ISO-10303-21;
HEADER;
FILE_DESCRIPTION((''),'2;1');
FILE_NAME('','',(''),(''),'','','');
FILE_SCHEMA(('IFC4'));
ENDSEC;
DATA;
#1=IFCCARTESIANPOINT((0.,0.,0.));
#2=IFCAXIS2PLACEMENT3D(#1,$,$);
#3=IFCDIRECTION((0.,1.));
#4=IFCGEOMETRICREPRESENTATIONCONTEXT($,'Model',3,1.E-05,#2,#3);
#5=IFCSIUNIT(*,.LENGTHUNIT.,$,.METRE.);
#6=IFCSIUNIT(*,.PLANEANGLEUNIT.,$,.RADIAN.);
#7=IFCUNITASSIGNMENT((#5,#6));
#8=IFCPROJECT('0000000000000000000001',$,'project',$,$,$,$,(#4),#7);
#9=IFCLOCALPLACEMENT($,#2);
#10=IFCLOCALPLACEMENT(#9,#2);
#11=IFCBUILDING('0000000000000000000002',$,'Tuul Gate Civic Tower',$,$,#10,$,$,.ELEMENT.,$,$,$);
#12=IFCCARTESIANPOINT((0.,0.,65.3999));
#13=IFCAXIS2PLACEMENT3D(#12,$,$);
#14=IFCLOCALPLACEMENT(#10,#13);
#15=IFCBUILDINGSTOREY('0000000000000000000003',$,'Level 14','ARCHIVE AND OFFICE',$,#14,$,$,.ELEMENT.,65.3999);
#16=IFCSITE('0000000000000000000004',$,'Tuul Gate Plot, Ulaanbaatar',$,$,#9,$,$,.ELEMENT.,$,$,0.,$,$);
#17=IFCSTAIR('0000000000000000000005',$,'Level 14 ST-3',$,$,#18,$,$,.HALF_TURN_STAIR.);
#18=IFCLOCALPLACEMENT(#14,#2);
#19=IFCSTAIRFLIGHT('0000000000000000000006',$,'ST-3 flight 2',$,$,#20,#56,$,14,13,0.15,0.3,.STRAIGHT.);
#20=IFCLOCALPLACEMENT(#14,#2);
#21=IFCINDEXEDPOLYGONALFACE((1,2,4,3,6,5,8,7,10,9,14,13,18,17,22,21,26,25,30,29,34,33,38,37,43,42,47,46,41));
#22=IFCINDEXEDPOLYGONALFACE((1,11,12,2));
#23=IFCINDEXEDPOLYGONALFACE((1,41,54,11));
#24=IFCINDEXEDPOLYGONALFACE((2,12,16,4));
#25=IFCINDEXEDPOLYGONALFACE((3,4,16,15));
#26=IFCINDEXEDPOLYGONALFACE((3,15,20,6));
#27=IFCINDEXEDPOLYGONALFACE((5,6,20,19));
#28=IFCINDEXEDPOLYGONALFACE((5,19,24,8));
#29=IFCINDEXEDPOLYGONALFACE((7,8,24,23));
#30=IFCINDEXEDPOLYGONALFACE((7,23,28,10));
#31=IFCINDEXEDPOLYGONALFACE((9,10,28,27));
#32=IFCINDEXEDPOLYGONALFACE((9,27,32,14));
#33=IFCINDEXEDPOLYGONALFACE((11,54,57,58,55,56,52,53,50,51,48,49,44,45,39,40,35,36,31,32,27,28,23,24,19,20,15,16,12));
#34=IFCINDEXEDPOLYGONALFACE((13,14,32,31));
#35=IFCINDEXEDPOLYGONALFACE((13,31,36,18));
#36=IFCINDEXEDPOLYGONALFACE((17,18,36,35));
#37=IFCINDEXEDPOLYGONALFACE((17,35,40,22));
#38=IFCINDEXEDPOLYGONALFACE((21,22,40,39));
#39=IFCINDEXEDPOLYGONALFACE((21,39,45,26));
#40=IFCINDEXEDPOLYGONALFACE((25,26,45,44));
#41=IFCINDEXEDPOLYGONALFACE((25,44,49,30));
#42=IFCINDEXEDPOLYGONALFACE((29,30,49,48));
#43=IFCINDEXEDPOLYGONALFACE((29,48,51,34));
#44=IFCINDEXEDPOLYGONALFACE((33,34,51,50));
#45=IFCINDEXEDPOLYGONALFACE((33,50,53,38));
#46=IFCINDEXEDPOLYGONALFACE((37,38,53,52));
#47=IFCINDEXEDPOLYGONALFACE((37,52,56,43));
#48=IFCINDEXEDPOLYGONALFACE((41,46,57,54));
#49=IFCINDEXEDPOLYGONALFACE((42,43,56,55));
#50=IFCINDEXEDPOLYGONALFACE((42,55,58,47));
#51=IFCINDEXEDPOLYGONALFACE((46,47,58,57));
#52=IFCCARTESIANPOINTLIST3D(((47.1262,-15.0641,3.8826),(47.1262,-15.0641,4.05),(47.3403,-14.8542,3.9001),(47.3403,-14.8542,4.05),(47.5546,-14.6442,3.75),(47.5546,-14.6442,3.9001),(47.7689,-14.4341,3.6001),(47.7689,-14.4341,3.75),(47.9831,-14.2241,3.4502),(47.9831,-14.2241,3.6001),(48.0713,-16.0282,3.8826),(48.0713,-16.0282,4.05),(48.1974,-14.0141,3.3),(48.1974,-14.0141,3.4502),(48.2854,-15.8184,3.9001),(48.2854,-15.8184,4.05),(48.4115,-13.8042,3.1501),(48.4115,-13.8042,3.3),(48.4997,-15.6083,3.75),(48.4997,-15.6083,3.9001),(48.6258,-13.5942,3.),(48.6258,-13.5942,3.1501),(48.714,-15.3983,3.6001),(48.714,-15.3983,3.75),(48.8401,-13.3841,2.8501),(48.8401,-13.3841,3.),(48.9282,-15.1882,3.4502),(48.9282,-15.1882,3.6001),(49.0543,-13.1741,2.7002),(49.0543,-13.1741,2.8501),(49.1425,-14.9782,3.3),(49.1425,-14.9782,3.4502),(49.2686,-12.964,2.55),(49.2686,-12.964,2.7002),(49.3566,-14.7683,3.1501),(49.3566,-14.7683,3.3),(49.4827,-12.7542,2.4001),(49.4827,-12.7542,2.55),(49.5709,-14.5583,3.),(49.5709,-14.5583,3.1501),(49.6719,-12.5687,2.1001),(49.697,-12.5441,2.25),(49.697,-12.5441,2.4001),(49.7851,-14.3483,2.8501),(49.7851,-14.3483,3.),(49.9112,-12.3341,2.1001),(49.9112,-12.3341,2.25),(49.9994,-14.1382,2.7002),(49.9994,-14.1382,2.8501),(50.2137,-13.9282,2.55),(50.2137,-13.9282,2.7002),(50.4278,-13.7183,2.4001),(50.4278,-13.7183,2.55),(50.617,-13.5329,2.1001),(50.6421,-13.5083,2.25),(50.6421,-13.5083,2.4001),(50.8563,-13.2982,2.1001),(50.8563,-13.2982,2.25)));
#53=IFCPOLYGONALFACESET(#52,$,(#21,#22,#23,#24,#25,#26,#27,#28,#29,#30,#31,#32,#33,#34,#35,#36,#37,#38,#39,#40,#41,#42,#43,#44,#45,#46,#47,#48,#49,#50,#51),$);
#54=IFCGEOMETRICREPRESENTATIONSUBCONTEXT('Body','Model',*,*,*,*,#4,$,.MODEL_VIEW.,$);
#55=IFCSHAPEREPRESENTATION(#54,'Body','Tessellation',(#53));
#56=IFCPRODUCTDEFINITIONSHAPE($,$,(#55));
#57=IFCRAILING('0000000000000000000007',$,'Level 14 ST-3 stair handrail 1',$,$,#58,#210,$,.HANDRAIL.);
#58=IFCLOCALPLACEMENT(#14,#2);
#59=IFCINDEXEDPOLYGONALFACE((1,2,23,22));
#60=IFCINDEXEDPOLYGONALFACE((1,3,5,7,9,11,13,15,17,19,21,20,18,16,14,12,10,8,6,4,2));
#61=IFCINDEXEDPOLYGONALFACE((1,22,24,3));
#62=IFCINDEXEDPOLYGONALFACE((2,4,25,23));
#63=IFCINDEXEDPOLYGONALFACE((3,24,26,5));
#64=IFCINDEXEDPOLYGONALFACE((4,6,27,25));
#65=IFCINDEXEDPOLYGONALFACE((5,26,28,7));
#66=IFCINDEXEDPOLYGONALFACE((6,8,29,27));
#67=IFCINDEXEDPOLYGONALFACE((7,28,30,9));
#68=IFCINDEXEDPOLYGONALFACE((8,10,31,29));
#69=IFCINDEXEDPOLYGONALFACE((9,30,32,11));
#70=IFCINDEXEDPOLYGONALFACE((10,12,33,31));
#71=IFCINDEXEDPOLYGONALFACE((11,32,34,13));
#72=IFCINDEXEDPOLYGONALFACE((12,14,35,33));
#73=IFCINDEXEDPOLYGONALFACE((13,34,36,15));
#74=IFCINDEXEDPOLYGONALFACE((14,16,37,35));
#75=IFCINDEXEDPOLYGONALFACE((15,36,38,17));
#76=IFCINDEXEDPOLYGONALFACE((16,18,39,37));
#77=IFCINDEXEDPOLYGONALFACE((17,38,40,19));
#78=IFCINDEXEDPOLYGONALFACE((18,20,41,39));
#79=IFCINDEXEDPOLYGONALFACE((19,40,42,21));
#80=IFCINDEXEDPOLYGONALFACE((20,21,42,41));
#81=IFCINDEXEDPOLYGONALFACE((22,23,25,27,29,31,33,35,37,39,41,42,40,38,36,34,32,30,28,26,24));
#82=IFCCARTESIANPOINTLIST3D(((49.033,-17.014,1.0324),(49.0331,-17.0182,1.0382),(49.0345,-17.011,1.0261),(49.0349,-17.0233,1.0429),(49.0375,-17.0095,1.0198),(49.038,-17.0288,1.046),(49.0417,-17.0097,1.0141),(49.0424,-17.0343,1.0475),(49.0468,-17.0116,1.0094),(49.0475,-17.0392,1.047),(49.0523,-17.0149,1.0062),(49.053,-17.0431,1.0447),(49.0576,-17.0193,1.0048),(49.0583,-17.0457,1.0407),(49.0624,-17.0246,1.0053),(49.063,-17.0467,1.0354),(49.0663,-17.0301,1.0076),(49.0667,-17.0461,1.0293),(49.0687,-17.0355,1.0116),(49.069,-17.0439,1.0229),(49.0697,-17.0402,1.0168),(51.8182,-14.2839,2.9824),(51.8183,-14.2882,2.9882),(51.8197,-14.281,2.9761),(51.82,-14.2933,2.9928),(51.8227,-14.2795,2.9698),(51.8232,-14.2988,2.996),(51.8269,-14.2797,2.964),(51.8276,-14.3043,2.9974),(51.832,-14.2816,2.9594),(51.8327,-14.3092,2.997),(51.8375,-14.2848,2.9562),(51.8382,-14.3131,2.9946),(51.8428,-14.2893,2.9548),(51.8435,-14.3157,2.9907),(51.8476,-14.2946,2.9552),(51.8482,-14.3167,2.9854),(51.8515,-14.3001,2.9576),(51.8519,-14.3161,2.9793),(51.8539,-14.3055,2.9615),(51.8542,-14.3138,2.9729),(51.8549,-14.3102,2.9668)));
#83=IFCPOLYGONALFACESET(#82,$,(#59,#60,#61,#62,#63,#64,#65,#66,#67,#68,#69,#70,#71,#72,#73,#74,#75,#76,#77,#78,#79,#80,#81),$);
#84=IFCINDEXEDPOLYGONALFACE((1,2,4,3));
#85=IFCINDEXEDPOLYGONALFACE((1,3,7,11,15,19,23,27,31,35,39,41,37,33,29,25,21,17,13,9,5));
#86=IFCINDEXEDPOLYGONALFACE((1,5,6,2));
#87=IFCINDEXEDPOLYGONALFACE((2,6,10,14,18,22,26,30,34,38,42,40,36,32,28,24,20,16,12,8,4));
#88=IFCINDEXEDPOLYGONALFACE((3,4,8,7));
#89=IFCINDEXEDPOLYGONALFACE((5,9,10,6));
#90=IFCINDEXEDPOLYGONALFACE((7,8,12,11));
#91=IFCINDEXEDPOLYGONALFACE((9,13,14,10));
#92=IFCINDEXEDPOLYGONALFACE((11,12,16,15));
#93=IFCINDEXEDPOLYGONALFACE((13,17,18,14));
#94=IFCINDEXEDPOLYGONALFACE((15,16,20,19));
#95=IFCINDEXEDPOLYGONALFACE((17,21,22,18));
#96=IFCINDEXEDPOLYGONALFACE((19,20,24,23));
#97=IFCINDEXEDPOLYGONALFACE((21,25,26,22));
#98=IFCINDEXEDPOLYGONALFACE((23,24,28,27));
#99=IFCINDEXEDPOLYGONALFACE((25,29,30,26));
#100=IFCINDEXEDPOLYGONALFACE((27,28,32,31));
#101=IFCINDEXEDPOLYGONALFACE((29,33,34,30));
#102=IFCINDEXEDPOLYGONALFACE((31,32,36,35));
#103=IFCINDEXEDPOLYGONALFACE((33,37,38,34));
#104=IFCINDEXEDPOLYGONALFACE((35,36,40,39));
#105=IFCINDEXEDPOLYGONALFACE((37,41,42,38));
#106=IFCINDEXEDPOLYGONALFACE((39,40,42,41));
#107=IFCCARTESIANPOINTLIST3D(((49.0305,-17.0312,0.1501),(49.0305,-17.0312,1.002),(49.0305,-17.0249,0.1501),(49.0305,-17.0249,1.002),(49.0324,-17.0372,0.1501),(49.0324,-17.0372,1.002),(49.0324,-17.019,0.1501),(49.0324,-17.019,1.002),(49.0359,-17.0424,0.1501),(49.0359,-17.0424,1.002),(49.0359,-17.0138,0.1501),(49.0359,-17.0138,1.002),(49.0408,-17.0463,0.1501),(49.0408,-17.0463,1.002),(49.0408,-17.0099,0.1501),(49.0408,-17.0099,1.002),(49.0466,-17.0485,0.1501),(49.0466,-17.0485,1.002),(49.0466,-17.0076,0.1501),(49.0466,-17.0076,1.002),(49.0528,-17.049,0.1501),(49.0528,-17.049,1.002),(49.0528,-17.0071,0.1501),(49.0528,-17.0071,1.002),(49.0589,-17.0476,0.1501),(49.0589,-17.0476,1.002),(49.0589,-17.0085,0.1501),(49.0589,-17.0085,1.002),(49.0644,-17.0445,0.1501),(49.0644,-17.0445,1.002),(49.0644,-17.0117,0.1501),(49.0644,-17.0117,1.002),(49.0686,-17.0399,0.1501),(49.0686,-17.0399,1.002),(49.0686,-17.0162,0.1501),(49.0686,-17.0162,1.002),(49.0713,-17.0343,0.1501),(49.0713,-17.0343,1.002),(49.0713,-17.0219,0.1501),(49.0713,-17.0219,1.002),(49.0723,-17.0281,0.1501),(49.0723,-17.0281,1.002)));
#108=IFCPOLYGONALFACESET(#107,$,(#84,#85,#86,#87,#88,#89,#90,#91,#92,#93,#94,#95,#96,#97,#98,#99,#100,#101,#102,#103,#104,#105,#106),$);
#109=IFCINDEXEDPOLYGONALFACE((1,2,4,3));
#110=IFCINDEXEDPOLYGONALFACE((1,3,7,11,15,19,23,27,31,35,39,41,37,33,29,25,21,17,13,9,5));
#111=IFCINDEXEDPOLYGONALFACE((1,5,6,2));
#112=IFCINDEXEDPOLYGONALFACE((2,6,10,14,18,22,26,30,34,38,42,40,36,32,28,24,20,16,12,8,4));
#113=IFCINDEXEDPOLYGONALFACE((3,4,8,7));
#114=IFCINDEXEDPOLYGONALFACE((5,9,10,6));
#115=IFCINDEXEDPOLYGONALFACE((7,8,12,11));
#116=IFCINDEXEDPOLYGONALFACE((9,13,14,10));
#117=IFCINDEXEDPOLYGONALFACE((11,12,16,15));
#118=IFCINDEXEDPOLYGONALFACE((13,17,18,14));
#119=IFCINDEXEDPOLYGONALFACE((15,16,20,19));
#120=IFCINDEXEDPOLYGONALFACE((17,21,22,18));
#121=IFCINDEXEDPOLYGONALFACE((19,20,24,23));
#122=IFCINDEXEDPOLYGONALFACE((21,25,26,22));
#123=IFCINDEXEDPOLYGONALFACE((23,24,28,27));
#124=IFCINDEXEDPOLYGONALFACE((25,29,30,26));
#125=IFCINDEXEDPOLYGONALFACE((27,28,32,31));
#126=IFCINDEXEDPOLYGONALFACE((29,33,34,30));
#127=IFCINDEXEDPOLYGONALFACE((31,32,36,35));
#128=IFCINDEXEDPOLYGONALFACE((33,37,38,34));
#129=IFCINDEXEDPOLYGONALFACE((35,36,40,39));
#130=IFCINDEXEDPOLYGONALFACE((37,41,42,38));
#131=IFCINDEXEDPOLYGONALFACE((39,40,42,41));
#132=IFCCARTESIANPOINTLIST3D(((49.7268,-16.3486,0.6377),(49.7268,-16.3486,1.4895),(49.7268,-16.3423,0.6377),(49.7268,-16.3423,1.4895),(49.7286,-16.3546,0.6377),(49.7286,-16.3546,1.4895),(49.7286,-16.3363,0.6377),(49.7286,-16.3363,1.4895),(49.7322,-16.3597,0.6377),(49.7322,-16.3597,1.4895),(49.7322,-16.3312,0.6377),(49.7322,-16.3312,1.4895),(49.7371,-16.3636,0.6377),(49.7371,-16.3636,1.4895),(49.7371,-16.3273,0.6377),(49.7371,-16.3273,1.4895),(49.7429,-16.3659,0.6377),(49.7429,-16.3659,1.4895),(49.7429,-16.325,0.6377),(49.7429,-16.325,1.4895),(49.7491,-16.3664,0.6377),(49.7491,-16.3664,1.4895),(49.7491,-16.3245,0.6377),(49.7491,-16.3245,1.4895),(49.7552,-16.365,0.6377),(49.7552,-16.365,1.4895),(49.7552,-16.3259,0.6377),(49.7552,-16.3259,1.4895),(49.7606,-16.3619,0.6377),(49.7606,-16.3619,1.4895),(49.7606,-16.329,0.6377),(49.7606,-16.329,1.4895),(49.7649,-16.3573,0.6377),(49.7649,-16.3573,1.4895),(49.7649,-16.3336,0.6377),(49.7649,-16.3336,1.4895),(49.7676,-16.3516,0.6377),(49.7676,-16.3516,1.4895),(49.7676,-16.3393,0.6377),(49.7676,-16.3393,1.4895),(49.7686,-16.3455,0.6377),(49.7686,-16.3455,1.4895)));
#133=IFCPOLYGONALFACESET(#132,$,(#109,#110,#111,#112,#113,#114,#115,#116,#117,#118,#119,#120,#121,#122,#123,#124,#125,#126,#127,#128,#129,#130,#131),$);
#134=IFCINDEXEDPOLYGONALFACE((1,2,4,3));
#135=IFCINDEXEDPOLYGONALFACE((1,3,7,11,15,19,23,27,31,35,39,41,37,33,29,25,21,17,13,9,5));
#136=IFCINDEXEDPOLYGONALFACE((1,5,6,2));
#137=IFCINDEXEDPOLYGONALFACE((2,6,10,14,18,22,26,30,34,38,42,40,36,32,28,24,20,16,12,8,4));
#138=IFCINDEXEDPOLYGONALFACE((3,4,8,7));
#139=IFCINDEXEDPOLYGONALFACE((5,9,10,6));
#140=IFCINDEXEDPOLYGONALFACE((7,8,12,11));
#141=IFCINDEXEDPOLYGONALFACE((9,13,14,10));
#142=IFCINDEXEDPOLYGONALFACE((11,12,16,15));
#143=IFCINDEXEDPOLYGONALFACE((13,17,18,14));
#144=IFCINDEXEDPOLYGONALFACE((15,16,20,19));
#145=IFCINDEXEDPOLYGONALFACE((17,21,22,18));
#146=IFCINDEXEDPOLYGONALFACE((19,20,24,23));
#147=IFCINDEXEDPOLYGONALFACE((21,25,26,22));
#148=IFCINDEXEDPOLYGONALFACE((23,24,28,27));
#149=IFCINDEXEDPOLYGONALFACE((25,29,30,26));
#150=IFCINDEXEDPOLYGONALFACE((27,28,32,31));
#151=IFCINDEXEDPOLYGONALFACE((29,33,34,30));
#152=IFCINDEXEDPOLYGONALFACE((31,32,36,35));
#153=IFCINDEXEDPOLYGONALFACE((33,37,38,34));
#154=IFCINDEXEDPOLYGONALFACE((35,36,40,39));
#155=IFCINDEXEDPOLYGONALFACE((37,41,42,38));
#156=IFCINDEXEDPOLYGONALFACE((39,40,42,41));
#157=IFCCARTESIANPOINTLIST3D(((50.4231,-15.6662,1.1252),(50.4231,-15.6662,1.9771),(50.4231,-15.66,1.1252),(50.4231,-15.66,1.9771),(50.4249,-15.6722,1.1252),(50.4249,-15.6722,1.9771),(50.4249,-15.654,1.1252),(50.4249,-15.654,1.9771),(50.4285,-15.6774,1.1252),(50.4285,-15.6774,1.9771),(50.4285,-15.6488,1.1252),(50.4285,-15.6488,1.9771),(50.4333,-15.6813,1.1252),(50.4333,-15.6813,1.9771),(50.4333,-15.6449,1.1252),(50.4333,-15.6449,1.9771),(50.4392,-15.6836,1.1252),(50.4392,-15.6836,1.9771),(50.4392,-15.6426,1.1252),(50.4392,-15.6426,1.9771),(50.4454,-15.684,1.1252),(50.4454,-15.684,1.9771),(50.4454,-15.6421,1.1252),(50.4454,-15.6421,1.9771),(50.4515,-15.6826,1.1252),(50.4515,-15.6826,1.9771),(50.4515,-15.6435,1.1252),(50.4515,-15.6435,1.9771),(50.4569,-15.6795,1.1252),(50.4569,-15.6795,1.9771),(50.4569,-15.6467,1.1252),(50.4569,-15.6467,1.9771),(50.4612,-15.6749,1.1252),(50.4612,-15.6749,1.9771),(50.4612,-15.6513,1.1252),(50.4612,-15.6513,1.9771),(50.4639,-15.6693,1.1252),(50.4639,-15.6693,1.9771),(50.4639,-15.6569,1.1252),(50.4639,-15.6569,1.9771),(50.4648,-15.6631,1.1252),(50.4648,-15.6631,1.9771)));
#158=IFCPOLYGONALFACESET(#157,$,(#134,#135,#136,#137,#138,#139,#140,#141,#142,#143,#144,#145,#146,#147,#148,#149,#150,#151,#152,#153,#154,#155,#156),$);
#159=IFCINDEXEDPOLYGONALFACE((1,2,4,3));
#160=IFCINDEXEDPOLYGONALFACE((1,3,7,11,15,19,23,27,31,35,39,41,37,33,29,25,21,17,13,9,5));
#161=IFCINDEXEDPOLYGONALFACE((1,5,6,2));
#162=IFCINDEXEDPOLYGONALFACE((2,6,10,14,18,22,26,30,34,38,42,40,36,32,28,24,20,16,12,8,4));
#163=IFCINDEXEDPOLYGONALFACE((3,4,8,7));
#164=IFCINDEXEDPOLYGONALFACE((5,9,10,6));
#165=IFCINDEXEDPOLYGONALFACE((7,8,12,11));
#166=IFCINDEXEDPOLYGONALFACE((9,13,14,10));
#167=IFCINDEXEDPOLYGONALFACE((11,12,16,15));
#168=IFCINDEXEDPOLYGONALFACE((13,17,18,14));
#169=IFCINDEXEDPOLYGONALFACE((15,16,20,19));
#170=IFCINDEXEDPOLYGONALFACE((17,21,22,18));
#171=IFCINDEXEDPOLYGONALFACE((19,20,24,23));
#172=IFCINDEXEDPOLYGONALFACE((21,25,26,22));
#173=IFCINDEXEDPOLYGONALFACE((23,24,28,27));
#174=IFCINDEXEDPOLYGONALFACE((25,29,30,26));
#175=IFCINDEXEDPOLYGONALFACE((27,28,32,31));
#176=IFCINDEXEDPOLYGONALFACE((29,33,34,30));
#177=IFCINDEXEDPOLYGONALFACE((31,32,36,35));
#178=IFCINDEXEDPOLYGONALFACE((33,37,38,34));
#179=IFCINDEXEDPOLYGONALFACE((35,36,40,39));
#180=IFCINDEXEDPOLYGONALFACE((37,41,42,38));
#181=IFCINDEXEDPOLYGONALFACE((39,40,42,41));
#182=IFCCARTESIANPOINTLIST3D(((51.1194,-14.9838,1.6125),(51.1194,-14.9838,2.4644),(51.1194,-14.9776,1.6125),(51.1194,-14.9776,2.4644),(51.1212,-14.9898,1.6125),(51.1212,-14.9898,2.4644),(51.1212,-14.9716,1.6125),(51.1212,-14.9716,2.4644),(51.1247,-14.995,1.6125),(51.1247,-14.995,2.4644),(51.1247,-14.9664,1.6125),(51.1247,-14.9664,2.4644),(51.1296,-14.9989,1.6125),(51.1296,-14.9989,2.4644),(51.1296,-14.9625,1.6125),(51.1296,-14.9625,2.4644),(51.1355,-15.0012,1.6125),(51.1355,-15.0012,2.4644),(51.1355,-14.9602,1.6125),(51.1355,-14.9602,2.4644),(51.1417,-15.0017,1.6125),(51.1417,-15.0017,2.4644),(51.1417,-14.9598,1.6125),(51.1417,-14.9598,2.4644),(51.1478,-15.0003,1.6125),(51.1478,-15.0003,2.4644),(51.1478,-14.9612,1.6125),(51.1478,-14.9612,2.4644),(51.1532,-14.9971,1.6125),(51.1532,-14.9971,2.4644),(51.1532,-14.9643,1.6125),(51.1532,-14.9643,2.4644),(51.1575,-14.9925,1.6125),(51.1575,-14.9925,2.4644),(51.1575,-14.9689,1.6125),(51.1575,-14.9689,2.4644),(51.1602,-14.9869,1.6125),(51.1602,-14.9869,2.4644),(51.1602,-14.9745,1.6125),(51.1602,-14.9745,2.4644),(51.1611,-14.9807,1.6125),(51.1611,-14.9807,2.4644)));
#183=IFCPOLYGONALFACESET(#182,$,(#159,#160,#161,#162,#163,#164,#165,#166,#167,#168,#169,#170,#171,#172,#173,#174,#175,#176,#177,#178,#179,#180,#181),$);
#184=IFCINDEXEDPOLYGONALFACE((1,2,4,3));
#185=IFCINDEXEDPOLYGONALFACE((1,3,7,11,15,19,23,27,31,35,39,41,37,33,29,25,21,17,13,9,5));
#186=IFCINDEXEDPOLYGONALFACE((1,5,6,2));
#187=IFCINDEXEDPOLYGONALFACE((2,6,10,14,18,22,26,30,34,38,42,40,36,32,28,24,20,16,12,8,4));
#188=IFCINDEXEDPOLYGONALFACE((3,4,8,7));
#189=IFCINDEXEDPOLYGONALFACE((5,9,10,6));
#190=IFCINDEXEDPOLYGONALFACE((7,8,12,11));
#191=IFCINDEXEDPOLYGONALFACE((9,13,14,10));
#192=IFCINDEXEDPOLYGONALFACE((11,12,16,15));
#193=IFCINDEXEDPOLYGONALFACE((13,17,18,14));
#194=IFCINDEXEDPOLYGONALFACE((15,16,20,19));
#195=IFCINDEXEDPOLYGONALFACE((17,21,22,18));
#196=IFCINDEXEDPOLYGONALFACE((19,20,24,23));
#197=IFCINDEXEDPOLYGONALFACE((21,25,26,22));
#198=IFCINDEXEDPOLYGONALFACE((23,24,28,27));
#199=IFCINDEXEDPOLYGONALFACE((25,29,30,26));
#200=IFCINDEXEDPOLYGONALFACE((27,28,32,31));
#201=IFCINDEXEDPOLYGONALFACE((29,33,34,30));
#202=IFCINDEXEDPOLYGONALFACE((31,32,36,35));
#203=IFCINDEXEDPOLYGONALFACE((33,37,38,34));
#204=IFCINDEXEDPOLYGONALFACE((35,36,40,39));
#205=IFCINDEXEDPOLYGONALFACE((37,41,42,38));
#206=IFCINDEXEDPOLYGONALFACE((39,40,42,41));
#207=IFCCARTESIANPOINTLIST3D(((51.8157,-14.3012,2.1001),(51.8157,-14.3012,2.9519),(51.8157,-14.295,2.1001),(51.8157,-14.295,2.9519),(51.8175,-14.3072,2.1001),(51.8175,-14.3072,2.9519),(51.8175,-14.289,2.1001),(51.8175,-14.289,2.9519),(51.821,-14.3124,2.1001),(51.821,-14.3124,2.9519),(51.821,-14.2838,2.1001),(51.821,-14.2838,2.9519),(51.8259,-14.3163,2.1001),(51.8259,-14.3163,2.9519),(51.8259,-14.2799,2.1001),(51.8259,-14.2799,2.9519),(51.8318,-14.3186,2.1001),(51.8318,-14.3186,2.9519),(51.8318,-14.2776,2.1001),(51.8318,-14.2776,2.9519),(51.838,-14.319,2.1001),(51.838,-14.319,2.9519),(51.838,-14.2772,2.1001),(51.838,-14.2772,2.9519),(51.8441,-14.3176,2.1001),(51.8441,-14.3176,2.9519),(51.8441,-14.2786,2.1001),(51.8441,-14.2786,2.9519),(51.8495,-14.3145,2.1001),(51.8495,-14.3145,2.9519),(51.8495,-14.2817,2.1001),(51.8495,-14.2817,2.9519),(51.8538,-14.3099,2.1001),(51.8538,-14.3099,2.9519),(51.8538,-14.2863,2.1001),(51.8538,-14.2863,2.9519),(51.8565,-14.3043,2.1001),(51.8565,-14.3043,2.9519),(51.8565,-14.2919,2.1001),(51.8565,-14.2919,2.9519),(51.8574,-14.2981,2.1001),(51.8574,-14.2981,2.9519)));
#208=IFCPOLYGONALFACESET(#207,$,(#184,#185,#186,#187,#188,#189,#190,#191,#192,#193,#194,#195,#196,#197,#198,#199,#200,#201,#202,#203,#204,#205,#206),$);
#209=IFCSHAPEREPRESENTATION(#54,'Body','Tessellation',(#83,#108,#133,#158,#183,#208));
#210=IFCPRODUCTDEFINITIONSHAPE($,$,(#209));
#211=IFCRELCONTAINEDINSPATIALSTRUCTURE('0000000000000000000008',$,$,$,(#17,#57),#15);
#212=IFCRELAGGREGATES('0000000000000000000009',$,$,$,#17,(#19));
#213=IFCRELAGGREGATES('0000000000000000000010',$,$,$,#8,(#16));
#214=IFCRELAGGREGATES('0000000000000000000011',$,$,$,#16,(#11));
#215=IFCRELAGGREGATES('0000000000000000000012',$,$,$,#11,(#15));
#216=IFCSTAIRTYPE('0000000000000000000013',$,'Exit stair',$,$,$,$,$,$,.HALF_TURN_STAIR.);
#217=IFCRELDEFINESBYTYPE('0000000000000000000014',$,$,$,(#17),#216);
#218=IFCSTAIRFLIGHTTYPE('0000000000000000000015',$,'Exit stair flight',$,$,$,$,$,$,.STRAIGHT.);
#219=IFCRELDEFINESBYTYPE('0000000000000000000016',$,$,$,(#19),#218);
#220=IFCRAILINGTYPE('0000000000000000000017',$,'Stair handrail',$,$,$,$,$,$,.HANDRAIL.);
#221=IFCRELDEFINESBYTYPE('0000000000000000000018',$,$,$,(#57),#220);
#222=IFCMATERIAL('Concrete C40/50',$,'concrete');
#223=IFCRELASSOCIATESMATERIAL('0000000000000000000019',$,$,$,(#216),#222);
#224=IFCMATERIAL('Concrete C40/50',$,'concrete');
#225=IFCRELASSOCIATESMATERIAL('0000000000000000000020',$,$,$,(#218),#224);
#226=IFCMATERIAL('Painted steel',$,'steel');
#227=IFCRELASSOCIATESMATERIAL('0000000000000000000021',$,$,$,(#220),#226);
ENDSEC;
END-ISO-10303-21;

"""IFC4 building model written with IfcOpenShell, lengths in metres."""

from ifc_helpers import new_model, si_unit, direction, frame, origin, origin_2d, place, context, subcontext, project, spatial, polyline, circle, outline, extrude, material, type_object, element, aggregate, save


model = new_model("IFC4")

# Units and contexts
model_context = context("Model", 3, precision=1e-05, world=origin(), true_north=direction((0.0, 1.0)))
body_context = subcontext(model_context, "Body", "Model", "MODEL_VIEW")
ifc_project = project(units=[si_unit("LENGTHUNIT", "METRE"), si_unit("PLANEANGLEUNIT", "RADIAN")], contexts=[model_context])

# Site, building, storey
site_placement = place(None, origin())
site = spatial("IfcSite", under=ifc_project, at=site_placement, Name="Tuul Gate Plot, Ulaanbaatar", CompositionType="ELEMENT", RefElevation=0.0)
building_placement = place(site_placement, origin())
building = spatial("IfcBuilding", under=site, at=building_placement, Name="Tuul Gate Civic Tower", CompositionType="ELEMENT")
storey_placement = place(building_placement, frame((0.0, 0.0, 65.3999)))
storey = spatial("IfcBuildingStorey", under=building, at=storey_placement, Name="Level 14", Description="ARCHIVE AND OFFICE", CompositionType="ELEMENT", Elevation=65.3999)

# Stair, stair flight
ifc_material_1 = material(Name="Concrete C40/50", Category="concrete")
stair_type = type_object("IfcStairType", Name="Exit stair", PredefinedType="HALF_TURN_STAIR", material=ifc_material_1)
stair_placement = place(storey_placement, origin())
stair = element("IfcStair", 1, at=stair_placement, inside=storey, type_object=stair_type, Name="Level 14 ST-3", PredefinedType="HALF_TURN_STAIR")
ifc_material_2 = material(Name="Concrete C40/50", Category="concrete")
stair_flight_type = type_object("IfcStairFlightType", Name="Exit stair flight", PredefinedType="STRAIGHT", material=ifc_material_2)
stair_flight_1_placement = place(storey_placement, frame((50.3838, -12.8162, 2.1001), z_axis=(0.0, 0.0, 1.0), x_axis=(-0.714127, -0.700016, 0.0)))
stair_flight_1 = element("IfcStairFlight", 2, at=stair_flight_1_placement, type_object=stair_flight_type, Name="ST-3 flight 2", NumberOfRisers=14, NumberOfTreads=13, PredefinedType="STRAIGHT", RiserHeight=0.15, TreadLength=0.3, context=body_context, shape_type="SweptSolid", body=[
    extrude(outline(polyline([(0.0, 0.0), (0.0, 0.1499), (0.3, 0.1499), (0.3, 0.3), (0.6001, 0.3), (0.6001, 0.45), (0.8999, 0.45), (0.8999, 0.6001), (1.2, 0.6001), (1.2, 0.75), (1.5, 0.75), (1.5, 0.8999), (1.8, 0.8999), (1.8, 1.05), (2.1001, 1.05), (2.1001, 1.2), (2.3999, 1.2), (2.3999, 1.3501), (2.7, 1.3501), (2.7, 1.5), (3.0, 1.5), (3.0, 1.6499), (3.3, 1.6499), (3.3, 1.8), (3.6001, 1.8), (3.6001, 1.95), (3.8999, 1.95), (3.8999, 2.1001), (3.8999, 1.7825), (0.3352, 0.0), (0.0, 0.0)])), frame((0.0, 0.675, 0.0), z_axis=(0.0, -1.0, 0.0), x_axis=(1.0, 0.0, 0.0)), (0.0, 0.0, 1.0), 1.3501),
])
aggregate(stair, [stair_flight_1])

# Railing
ifc_material_3 = material(Name="Painted steel", Category="steel")
railing_type = type_object("IfcRailingType", Name="Stair handrail", PredefinedType="HANDRAIL", material=ifc_material_3)
railing_placement = place(storey_placement, frame((49.0513, -17.0281, 0.1501)))
element("IfcRailing", 3, at=railing_placement, inside=storey, type_object=railing_type, Name="Level 14 ST-3 stair handrail 1", PredefinedType="HANDRAIL", context=body_context, shape_type="SweptSolid", body=[
    extrude(circle(Radius=0.0239, at=origin_2d()), frame((0.0, 0.0, 0.876), z_axis=(0.638754, 0.6261, 0.447206), x_axis=(-0.699998, 0.714145, 0.0)), (0.0, 0.0, 1.0), 4.3604),
    extrude(circle(Radius=0.021, at=origin_2d()), origin(), (0.0, 0.0, 1.0), 0.8518),
    extrude(circle(Radius=0.021, at=origin_2d()), frame((0.6963, 0.6826, 0.4875)), (0.0, 0.0, 1.0), 0.8518),
    extrude(circle(Radius=0.021, at=origin_2d()), frame((1.3926, 1.365, 0.9751)), (0.0, 0.0, 1.0), 0.8518),
    extrude(circle(Radius=0.021, at=origin_2d()), frame((2.0889, 2.0474, 1.4624)), (0.0, 0.0, 1.0), 0.8518),
    extrude(circle(Radius=0.021, at=origin_2d()), frame((2.7852, 2.73, 1.95)), (0.0, 0.0, 1.0), 0.8518),
])

save(model, "model.ifc")
